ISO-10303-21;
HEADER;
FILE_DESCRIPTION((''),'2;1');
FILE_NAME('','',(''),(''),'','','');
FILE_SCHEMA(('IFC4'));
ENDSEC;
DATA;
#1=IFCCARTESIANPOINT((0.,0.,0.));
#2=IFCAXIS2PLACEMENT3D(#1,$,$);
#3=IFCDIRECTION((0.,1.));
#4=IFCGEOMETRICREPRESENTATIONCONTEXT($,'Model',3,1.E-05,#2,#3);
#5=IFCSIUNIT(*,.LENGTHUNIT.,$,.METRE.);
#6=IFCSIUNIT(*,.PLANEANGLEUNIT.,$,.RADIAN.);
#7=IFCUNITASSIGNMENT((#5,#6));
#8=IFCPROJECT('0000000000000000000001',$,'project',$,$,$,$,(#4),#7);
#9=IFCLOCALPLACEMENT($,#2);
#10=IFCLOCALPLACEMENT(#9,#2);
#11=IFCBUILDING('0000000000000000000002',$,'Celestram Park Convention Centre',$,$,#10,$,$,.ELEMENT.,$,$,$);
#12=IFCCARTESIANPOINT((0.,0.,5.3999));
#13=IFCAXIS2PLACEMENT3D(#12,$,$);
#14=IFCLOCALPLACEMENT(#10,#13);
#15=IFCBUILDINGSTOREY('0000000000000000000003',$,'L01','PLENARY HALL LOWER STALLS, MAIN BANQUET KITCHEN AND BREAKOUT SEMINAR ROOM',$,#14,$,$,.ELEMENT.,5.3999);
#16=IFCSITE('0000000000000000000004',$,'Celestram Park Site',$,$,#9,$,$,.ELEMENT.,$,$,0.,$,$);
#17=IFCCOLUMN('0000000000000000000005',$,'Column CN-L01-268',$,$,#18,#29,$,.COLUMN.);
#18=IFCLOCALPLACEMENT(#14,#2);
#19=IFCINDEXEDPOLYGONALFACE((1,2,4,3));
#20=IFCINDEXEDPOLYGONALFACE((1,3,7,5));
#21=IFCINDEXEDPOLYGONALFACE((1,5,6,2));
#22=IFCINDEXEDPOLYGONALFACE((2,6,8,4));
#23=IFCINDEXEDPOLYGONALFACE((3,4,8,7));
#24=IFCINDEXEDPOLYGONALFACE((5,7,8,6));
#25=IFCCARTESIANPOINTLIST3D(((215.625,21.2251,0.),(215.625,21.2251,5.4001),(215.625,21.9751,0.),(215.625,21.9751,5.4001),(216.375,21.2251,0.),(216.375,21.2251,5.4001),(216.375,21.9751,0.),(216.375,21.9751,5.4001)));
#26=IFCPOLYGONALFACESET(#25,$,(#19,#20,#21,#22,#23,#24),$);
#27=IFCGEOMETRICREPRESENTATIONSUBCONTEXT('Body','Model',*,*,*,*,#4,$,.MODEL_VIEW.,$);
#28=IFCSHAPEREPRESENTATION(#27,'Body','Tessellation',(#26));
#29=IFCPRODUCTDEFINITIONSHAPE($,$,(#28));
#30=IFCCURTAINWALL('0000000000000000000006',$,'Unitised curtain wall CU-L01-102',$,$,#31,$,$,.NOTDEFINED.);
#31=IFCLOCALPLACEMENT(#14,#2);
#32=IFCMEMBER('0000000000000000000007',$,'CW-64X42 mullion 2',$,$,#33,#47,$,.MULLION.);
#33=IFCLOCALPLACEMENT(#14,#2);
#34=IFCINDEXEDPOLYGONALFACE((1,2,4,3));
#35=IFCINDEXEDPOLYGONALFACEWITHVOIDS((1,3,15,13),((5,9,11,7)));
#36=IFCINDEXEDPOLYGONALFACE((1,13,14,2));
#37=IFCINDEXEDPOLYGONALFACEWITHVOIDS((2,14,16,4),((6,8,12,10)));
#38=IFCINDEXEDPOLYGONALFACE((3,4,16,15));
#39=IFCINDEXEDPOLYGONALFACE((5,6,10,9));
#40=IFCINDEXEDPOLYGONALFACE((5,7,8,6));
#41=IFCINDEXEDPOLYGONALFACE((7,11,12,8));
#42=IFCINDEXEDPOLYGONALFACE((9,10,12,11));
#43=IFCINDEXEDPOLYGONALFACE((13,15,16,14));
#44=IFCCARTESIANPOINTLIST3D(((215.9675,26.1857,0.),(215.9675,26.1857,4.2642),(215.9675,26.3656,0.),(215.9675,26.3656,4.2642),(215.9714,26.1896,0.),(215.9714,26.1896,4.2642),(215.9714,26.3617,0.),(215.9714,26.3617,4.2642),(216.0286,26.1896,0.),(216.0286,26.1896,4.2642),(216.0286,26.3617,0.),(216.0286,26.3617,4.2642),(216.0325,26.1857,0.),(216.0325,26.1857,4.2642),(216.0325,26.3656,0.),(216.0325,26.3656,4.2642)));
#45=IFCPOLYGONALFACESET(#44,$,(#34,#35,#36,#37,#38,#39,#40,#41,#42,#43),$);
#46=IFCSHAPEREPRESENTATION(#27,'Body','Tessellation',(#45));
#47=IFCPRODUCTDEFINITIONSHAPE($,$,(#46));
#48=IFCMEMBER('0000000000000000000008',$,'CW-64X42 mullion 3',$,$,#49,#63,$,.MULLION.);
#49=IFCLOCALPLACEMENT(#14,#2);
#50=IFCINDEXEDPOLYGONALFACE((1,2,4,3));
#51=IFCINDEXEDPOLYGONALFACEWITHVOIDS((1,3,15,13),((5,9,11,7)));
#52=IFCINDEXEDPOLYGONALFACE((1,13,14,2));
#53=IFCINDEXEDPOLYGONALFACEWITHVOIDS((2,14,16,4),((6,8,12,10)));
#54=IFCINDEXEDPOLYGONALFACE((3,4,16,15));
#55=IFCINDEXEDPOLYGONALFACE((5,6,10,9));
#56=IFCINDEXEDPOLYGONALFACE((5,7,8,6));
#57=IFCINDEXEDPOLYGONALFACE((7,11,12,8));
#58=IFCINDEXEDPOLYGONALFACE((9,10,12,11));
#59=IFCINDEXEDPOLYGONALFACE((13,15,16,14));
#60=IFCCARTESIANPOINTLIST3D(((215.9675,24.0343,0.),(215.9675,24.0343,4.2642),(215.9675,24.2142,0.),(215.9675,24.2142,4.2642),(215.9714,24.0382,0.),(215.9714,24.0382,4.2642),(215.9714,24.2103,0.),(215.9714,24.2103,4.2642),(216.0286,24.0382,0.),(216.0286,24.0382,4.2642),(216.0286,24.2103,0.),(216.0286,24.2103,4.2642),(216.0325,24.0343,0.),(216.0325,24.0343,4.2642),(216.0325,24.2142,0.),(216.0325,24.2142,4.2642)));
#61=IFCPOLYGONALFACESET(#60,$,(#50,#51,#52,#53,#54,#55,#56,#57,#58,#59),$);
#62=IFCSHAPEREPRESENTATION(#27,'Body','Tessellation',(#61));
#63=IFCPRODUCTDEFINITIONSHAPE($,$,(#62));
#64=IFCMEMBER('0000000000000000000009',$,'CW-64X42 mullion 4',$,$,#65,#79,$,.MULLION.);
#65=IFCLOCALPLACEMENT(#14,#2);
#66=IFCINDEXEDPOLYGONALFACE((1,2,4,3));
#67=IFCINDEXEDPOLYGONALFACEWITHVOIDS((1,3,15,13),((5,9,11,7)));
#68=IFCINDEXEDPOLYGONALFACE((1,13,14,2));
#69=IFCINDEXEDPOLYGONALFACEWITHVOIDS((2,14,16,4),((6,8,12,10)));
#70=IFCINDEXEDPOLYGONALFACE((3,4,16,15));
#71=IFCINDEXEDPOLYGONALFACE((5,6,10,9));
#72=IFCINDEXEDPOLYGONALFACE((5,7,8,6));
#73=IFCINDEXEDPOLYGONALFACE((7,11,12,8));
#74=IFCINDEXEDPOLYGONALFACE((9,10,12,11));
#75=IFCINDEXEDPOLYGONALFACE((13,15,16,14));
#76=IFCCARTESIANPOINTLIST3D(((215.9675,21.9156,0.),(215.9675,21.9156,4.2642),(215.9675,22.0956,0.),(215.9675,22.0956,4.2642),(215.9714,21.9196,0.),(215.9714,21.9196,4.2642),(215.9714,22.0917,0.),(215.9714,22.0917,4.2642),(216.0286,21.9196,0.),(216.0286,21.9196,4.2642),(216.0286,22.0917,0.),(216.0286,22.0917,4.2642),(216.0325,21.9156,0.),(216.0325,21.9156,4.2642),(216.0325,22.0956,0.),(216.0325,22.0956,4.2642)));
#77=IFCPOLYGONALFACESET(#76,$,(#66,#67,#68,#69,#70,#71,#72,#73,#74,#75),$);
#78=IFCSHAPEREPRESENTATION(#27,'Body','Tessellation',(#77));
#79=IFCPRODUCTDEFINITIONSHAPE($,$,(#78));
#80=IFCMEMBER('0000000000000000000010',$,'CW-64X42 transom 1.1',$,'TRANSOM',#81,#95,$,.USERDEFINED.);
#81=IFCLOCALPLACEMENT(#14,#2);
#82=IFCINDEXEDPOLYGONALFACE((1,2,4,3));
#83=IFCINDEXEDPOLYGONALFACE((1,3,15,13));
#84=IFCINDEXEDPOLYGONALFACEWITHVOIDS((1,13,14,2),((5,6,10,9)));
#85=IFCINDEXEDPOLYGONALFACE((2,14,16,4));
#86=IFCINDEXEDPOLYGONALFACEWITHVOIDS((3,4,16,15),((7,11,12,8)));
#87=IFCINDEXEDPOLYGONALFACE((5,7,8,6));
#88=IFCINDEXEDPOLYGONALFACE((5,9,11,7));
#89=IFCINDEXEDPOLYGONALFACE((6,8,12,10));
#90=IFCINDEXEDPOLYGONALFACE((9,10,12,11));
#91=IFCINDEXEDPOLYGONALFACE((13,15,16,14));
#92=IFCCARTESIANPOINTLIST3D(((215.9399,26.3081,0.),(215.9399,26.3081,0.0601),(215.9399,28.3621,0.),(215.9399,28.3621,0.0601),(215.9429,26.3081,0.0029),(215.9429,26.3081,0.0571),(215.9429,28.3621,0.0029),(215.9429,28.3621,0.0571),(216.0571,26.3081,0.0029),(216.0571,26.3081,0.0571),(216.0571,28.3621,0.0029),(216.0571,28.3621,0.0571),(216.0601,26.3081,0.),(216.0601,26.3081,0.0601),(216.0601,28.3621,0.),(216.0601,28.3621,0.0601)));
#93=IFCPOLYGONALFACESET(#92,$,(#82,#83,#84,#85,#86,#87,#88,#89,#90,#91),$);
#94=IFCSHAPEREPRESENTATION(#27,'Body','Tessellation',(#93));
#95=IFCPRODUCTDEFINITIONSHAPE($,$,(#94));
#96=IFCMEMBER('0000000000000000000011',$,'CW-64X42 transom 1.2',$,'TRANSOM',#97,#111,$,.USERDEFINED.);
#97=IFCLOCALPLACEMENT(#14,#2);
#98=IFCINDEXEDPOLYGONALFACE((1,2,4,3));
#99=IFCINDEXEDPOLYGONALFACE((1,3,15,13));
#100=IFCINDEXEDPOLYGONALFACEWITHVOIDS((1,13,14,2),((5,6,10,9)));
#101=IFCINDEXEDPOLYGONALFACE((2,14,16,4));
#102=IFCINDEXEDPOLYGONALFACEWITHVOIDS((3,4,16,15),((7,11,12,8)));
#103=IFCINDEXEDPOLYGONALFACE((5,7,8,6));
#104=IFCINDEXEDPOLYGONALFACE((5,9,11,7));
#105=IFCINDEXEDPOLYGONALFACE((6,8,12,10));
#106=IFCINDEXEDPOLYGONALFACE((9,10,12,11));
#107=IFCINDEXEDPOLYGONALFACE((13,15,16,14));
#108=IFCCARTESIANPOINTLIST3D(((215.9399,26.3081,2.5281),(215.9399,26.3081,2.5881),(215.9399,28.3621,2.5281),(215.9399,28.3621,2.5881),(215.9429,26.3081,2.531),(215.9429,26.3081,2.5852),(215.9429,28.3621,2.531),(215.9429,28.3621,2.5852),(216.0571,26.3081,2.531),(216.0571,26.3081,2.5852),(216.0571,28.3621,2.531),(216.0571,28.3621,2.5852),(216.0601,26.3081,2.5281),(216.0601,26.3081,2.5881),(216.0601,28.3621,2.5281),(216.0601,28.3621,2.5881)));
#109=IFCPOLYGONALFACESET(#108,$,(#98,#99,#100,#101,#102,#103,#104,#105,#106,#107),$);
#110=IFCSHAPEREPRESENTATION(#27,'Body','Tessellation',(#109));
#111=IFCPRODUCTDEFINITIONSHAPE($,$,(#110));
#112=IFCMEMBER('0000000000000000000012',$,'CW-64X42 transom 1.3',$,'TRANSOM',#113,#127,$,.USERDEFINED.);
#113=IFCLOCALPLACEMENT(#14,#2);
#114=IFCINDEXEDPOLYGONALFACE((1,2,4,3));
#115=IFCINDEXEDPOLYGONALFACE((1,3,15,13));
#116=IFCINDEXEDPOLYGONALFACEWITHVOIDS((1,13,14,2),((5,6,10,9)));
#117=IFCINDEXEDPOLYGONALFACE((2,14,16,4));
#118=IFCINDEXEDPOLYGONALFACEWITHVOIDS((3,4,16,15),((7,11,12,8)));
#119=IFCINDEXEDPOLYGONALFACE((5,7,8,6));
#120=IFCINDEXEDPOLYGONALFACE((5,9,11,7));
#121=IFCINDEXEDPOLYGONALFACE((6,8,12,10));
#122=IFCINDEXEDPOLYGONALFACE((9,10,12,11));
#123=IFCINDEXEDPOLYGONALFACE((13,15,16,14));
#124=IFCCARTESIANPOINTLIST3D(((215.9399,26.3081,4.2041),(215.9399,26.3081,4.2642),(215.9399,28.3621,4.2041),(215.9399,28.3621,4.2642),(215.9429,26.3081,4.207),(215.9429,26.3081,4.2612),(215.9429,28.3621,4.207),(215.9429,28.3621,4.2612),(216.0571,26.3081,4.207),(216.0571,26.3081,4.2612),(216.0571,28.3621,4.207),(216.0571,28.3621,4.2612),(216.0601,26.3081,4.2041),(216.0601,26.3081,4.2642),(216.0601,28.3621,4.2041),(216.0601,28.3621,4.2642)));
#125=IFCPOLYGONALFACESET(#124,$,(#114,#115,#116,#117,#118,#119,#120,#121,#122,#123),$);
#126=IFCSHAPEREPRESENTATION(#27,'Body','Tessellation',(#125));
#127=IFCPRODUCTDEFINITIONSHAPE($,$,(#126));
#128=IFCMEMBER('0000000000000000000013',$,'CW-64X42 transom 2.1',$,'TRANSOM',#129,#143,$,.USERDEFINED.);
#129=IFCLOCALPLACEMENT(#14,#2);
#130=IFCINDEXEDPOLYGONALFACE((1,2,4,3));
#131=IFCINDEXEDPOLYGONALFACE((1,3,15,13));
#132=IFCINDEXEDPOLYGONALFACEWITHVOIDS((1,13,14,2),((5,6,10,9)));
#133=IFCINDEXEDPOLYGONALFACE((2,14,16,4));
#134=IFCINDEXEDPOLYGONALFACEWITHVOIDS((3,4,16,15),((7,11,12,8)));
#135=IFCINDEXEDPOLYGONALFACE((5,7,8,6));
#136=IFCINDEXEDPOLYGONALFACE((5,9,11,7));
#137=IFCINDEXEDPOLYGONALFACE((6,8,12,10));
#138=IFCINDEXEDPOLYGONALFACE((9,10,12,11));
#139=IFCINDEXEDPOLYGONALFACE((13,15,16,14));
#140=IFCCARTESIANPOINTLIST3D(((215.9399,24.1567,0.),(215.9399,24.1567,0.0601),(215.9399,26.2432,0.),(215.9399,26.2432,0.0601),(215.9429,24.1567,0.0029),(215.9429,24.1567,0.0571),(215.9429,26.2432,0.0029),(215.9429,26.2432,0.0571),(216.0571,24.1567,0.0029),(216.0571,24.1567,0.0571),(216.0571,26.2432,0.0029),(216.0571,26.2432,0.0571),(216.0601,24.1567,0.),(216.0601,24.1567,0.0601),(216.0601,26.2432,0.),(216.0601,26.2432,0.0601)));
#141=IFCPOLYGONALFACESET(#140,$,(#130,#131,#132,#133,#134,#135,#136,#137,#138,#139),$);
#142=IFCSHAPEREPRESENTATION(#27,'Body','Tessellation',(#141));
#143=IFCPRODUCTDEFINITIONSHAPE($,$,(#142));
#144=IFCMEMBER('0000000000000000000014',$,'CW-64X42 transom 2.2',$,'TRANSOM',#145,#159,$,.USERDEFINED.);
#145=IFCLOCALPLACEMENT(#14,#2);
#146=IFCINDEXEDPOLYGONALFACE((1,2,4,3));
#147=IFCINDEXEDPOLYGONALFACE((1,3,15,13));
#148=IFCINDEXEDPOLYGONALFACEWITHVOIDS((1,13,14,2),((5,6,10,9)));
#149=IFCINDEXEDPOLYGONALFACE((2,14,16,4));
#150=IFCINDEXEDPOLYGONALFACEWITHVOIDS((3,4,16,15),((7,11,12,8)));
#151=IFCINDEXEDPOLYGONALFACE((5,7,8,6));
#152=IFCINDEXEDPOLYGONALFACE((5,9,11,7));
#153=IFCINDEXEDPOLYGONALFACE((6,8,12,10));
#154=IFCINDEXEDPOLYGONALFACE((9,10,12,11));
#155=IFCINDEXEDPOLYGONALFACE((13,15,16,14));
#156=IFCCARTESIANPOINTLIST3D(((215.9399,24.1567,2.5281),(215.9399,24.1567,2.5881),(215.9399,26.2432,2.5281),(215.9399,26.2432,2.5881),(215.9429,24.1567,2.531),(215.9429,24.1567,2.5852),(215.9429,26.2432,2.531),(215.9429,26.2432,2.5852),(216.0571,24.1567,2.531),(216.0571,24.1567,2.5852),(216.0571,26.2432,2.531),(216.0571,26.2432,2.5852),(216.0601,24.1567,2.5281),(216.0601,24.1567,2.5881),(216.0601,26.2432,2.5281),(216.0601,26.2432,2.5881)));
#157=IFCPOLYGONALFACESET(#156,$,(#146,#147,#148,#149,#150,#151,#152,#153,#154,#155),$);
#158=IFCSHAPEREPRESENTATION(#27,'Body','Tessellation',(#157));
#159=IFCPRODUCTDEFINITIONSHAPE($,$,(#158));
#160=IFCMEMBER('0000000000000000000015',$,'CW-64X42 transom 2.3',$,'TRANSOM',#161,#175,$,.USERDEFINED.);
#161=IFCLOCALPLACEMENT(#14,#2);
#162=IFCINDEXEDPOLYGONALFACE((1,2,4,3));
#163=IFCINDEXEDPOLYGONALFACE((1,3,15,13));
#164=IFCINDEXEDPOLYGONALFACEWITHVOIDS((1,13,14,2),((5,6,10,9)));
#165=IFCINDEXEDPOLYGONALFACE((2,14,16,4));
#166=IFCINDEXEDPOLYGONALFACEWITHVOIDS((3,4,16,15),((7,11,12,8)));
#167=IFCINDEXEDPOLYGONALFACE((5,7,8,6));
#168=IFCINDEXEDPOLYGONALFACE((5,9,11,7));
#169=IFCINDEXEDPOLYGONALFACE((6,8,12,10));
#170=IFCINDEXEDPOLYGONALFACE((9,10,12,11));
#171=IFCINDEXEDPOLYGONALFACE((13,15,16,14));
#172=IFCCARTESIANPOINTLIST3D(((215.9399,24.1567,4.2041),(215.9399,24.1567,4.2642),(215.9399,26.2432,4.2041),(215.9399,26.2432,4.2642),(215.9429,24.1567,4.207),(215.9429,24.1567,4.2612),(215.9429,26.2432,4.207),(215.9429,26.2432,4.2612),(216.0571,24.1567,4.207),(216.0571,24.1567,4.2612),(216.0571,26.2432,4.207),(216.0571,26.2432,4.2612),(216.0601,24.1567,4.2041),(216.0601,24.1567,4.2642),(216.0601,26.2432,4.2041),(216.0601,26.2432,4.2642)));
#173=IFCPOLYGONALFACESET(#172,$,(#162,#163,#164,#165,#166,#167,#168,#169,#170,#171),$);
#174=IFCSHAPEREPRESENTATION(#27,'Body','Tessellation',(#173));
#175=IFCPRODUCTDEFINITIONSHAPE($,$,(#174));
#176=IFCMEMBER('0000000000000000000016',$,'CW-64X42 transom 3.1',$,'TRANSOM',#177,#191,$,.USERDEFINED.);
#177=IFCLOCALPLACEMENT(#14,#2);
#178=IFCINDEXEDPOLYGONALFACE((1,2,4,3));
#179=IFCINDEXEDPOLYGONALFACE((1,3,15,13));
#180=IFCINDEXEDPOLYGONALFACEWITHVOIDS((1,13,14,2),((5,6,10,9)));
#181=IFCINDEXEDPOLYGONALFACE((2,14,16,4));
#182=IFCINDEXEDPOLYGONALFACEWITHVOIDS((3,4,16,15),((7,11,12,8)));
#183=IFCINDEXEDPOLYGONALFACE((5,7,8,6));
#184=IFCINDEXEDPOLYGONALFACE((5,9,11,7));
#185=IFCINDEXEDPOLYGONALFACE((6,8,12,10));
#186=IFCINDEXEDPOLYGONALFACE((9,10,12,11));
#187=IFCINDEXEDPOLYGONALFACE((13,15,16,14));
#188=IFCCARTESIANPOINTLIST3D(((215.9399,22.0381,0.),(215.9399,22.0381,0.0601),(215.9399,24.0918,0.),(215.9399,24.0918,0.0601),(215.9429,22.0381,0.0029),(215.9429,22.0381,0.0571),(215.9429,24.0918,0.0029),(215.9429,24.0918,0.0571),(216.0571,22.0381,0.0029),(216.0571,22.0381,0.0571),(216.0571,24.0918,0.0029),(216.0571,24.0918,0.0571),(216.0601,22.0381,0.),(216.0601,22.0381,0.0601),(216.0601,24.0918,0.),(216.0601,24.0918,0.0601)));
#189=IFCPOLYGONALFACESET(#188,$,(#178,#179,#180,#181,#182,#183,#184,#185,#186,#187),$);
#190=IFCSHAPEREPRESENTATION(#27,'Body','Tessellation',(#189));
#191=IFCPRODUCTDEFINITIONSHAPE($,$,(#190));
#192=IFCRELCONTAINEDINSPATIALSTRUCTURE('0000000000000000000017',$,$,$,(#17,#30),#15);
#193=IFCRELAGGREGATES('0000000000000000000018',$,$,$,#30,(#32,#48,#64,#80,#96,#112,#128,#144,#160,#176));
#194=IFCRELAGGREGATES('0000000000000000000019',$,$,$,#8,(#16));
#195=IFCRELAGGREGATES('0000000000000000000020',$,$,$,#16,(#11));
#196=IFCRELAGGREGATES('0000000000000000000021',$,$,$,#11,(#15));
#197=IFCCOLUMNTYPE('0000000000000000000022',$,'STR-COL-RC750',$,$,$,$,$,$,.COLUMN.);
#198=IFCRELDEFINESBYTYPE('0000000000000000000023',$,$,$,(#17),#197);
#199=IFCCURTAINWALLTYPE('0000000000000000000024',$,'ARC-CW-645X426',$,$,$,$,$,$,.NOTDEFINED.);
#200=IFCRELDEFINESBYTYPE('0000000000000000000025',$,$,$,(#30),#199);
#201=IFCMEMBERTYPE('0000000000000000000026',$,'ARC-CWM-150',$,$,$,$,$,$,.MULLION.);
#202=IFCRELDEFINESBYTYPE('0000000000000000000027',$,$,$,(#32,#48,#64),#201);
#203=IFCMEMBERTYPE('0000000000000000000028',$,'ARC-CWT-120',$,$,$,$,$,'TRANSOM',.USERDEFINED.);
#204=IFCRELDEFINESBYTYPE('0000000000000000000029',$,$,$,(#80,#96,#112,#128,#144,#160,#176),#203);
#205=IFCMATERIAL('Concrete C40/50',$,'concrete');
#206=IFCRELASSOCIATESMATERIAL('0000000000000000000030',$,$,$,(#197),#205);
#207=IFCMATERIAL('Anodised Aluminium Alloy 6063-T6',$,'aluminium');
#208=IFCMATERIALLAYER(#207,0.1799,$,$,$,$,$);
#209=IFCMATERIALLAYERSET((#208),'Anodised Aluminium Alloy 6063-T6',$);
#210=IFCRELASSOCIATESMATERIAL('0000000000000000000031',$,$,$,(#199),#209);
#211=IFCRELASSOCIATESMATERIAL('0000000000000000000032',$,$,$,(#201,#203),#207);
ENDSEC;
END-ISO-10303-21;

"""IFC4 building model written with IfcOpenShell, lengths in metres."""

from ifc_helpers import new_model, si_unit, direction, frame, origin, origin_2d, place, context, subcontext, project, spatial, rectangle, hollow_rectangle, extrude, material, layer, layer_set, material_profile, profile_set, type_object, element, aggregate, save


model = new_model("IFC4")

# Units and contexts
model_context = context("Model", 3, precision=1e-05, world=origin(), true_north=direction((0.0, 1.0)))
body_context = subcontext(model_context, "Body", "Model", "MODEL_VIEW")
ifc_project = project(units=[si_unit("LENGTHUNIT", "METRE"), si_unit("PLANEANGLEUNIT", "RADIAN")], contexts=[model_context])

# Site, building, storey
site_placement = place(None, origin())
site = spatial("IfcSite", under=ifc_project, at=site_placement, Name="Celestram Park Site", CompositionType="ELEMENT", RefElevation=0.0)
building_placement = place(site_placement, origin())
building = spatial("IfcBuilding", under=site, at=building_placement, Name="Celestram Park Convention Centre", CompositionType="ELEMENT")
storey_placement = place(building_placement, frame((0.0, 0.0, 5.3999)))
storey = spatial("IfcBuildingStorey", under=building, at=storey_placement, Name="L01", Description="PLENARY HALL LOWER STALLS, MAIN BANQUET KITCHEN AND BREAKOUT SEMINAR ROOM", CompositionType="ELEMENT", Elevation=5.3999)

# Column
ifc_material_1 = material(Name="Concrete C40/50", Category="concrete")
ifc_material_profile_1 = material_profile(ifc_material_1, rectangle(XDim=0.75, YDim=0.75, at=origin_2d()), Name="RC750X750")
ifc_profile_set_1 = profile_set([ifc_material_profile_1], Name="Concrete C40/50")
column_type = type_object("IfcColumnType", Name="STR-COL-RC750", PredefinedType="COLUMN", material=ifc_profile_set_1)
column_placement = place(storey_placement, frame((216.0, 21.6001, 0.0), z_axis=(0.0, 0.0, 1.0), x_axis=(1.0, 0.0, 0.0)))
element("IfcColumn", 1, at=column_placement, inside=storey, type_object=column_type, Name="Column CN-L01-268", PredefinedType="COLUMN", context=body_context, shape_type="SweptSolid", body=[
    extrude(rectangle(XDim=0.75, YDim=0.75, at=origin_2d()), origin(), (0.0, 0.0, 1.0), 5.4001),
])

# Curtain wall, members
ifc_material_2 = material(Name="Anodised Aluminium Alloy 6063-T6", Category="aluminium")
ifc_layer_1 = layer(ifc_material_2, 0.1799)
ifc_layer_set_1 = layer_set([ifc_layer_1], Name="Anodised Aluminium Alloy 6063-T6")
curtain_wall_type = type_object("IfcCurtainWallType", Name="ARC-CW-645X426", PredefinedType="NOTDEFINED", material=ifc_layer_set_1)
curtain_wall_placement = place(storey_placement, origin())
curtain_wall = element("IfcCurtainWall", 2, at=curtain_wall_placement, inside=storey, type_object=curtain_wall_type, Name="Unitised curtain wall CU-L01-102", PredefinedType="NOTDEFINED")
ifc_material_profile_2 = material_profile(ifc_material_2, hollow_rectangle(XDim=0.0649, YDim=0.1799, WallThickness=0.0039, at=origin_2d()), Name="ALU65X180X4")
ifc_profile_set_2 = profile_set([ifc_material_profile_2], Name="Anodised Aluminium Alloy 6063-T6")
member_type_1 = type_object("IfcMemberType", Name="ARC-CWM-150", PredefinedType="MULLION", material=ifc_profile_set_2)
member_1_placement = place(storey_placement, frame((216.0, 26.2756, 0.0), z_axis=(0.0, 0.0, 1.0), x_axis=(1.0, 0.0, 0.0)))
member_1 = element("IfcMember", 3, at=member_1_placement, type_object=member_type_1, Name="CW-64X42 mullion 2", PredefinedType="MULLION", context=body_context, shape_type="SweptSolid", body=[
    extrude(hollow_rectangle(XDim=0.0649, YDim=0.1799, WallThickness=0.0039, at=origin_2d()), origin(), (0.0, 0.0, 1.0), 4.2642),
])
member_2_placement = place(storey_placement, frame((216.0, 24.1243, 0.0), z_axis=(0.0, 0.0, 1.0), x_axis=(1.0, 0.0, 0.0)))
member_2 = element("IfcMember", 4, at=member_2_placement, type_object=member_type_1, Name="CW-64X42 mullion 3", PredefinedType="MULLION", context=body_context, shape_type="SweptSolid", body=[
    extrude(hollow_rectangle(XDim=0.0649, YDim=0.1799, WallThickness=0.0039, at=origin_2d()), origin(), (0.0, 0.0, 1.0), 4.2642),
])
member_3_placement = place(storey_placement, frame((216.0, 22.0056, 0.0), z_axis=(0.0, 0.0, 1.0), x_axis=(1.0, 0.0, 0.0)))
member_3 = element("IfcMember", 5, at=member_3_placement, type_object=member_type_1, Name="CW-64X42 mullion 4", PredefinedType="MULLION", context=body_context, shape_type="SweptSolid", body=[
    extrude(hollow_rectangle(XDim=0.0649, YDim=0.1799, WallThickness=0.0039, at=origin_2d()), origin(), (0.0, 0.0, 1.0), 4.2642),
])
ifc_material_profile_3 = material_profile(ifc_material_2, hollow_rectangle(XDim=0.1201, YDim=0.0601, WallThickness=0.0029, at=origin_2d()), Name="ALU120X60X3")
ifc_profile_set_3 = profile_set([ifc_material_profile_3], Name="Anodised Aluminium Alloy 6063-T6")
member_type_2 = type_object("IfcMemberType", Name="ARC-CWT-120", ElementType="TRANSOM", PredefinedType="USERDEFINED", material=ifc_profile_set_3)
member_4_placement = place(storey_placement, frame((216.0, 28.3621, 0.03), z_axis=(0.0, -1.0, 0.0), x_axis=(1.0, 0.0, 0.0)))
member_4 = element("IfcMember", 6, at=member_4_placement, type_object=member_type_2, Name="CW-64X42 transom 1.1", ObjectType="TRANSOM", PredefinedType="USERDEFINED", context=body_context, shape_type="SweptSolid", body=[
    extrude(hollow_rectangle(XDim=0.1201, YDim=0.0601, WallThickness=0.0029, at=origin_2d()), origin(), (0.0, 0.0, 1.0), 2.054),
])
member_5_placement = place(storey_placement, frame((216.0, 28.3621, 2.5581), z_axis=(0.0, -1.0, 0.0), x_axis=(1.0, 0.0, 0.0)))
member_5 = element("IfcMember", 7, at=member_5_placement, type_object=member_type_2, Name="CW-64X42 transom 1.2", ObjectType="TRANSOM", PredefinedType="USERDEFINED", context=body_context, shape_type="SweptSolid", body=[
    extrude(hollow_rectangle(XDim=0.1201, YDim=0.0601, WallThickness=0.0029, at=origin_2d()), origin(), (0.0, 0.0, 1.0), 2.054),
])
member_6_placement = place(storey_placement, frame((216.0, 28.3621, 4.2341), z_axis=(0.0, -1.0, 0.0), x_axis=(1.0, 0.0, 0.0)))
member_6 = element("IfcMember", 8, at=member_6_placement, type_object=member_type_2, Name="CW-64X42 transom 1.3", ObjectType="TRANSOM", PredefinedType="USERDEFINED", context=body_context, shape_type="SweptSolid", body=[
    extrude(hollow_rectangle(XDim=0.1201, YDim=0.0601, WallThickness=0.0029, at=origin_2d()), origin(), (0.0, 0.0, 1.0), 2.054),
])
member_7_placement = place(storey_placement, frame((216.0, 26.2432, 0.03), z_axis=(0.0, -1.0, 0.0), x_axis=(1.0, 0.0, 0.0)))
member_7 = element("IfcMember", 9, at=member_7_placement, type_object=member_type_2, Name="CW-64X42 transom 2.1", ObjectType="TRANSOM", PredefinedType="USERDEFINED", context=body_context, shape_type="SweptSolid", body=[
    extrude(hollow_rectangle(XDim=0.1201, YDim=0.0601, WallThickness=0.0029, at=origin_2d()), origin(), (0.0, 0.0, 1.0), 2.0864),
])
member_8_placement = place(storey_placement, frame((216.0, 26.2432, 2.5581), z_axis=(0.0, -1.0, 0.0), x_axis=(1.0, 0.0, 0.0)))
member_8 = element("IfcMember", 10, at=member_8_placement, type_object=member_type_2, Name="CW-64X42 transom 2.2", ObjectType="TRANSOM", PredefinedType="USERDEFINED", context=body_context, shape_type="SweptSolid", body=[
    extrude(hollow_rectangle(XDim=0.1201, YDim=0.0601, WallThickness=0.0029, at=origin_2d()), origin(), (0.0, 0.0, 1.0), 2.0864),
])
member_9_placement = place(storey_placement, frame((216.0, 26.2432, 4.2341), z_axis=(0.0, -1.0, 0.0), x_axis=(1.0, 0.0, 0.0)))
member_9 = element("IfcMember", 11, at=member_9_placement, type_object=member_type_2, Name="CW-64X42 transom 2.3", ObjectType="TRANSOM", PredefinedType="USERDEFINED", context=body_context, shape_type="SweptSolid", body=[
    extrude(hollow_rectangle(XDim=0.1201, YDim=0.0601, WallThickness=0.0029, at=origin_2d()), origin(), (0.0, 0.0, 1.0), 2.0864),
])
member_10_placement = place(storey_placement, frame((216.0, 24.0918, 0.03), z_axis=(0.0, -1.0, 0.0), x_axis=(1.0, 0.0, 0.0)))
member_10 = element("IfcMember", 12, at=member_10_placement, type_object=member_type_2, Name="CW-64X42 transom 3.1", ObjectType="TRANSOM", PredefinedType="USERDEFINED", context=body_context, shape_type="SweptSolid", body=[
    extrude(hollow_rectangle(XDim=0.1201, YDim=0.0601, WallThickness=0.0029, at=origin_2d()), origin(), (0.0, 0.0, 1.0), 2.0537),
])

aggregate(curtain_wall, [member_1, member_2, member_3, member_4, member_5, member_6, member_7, member_8, member_9, member_10])

save(model, "model.ifc")
